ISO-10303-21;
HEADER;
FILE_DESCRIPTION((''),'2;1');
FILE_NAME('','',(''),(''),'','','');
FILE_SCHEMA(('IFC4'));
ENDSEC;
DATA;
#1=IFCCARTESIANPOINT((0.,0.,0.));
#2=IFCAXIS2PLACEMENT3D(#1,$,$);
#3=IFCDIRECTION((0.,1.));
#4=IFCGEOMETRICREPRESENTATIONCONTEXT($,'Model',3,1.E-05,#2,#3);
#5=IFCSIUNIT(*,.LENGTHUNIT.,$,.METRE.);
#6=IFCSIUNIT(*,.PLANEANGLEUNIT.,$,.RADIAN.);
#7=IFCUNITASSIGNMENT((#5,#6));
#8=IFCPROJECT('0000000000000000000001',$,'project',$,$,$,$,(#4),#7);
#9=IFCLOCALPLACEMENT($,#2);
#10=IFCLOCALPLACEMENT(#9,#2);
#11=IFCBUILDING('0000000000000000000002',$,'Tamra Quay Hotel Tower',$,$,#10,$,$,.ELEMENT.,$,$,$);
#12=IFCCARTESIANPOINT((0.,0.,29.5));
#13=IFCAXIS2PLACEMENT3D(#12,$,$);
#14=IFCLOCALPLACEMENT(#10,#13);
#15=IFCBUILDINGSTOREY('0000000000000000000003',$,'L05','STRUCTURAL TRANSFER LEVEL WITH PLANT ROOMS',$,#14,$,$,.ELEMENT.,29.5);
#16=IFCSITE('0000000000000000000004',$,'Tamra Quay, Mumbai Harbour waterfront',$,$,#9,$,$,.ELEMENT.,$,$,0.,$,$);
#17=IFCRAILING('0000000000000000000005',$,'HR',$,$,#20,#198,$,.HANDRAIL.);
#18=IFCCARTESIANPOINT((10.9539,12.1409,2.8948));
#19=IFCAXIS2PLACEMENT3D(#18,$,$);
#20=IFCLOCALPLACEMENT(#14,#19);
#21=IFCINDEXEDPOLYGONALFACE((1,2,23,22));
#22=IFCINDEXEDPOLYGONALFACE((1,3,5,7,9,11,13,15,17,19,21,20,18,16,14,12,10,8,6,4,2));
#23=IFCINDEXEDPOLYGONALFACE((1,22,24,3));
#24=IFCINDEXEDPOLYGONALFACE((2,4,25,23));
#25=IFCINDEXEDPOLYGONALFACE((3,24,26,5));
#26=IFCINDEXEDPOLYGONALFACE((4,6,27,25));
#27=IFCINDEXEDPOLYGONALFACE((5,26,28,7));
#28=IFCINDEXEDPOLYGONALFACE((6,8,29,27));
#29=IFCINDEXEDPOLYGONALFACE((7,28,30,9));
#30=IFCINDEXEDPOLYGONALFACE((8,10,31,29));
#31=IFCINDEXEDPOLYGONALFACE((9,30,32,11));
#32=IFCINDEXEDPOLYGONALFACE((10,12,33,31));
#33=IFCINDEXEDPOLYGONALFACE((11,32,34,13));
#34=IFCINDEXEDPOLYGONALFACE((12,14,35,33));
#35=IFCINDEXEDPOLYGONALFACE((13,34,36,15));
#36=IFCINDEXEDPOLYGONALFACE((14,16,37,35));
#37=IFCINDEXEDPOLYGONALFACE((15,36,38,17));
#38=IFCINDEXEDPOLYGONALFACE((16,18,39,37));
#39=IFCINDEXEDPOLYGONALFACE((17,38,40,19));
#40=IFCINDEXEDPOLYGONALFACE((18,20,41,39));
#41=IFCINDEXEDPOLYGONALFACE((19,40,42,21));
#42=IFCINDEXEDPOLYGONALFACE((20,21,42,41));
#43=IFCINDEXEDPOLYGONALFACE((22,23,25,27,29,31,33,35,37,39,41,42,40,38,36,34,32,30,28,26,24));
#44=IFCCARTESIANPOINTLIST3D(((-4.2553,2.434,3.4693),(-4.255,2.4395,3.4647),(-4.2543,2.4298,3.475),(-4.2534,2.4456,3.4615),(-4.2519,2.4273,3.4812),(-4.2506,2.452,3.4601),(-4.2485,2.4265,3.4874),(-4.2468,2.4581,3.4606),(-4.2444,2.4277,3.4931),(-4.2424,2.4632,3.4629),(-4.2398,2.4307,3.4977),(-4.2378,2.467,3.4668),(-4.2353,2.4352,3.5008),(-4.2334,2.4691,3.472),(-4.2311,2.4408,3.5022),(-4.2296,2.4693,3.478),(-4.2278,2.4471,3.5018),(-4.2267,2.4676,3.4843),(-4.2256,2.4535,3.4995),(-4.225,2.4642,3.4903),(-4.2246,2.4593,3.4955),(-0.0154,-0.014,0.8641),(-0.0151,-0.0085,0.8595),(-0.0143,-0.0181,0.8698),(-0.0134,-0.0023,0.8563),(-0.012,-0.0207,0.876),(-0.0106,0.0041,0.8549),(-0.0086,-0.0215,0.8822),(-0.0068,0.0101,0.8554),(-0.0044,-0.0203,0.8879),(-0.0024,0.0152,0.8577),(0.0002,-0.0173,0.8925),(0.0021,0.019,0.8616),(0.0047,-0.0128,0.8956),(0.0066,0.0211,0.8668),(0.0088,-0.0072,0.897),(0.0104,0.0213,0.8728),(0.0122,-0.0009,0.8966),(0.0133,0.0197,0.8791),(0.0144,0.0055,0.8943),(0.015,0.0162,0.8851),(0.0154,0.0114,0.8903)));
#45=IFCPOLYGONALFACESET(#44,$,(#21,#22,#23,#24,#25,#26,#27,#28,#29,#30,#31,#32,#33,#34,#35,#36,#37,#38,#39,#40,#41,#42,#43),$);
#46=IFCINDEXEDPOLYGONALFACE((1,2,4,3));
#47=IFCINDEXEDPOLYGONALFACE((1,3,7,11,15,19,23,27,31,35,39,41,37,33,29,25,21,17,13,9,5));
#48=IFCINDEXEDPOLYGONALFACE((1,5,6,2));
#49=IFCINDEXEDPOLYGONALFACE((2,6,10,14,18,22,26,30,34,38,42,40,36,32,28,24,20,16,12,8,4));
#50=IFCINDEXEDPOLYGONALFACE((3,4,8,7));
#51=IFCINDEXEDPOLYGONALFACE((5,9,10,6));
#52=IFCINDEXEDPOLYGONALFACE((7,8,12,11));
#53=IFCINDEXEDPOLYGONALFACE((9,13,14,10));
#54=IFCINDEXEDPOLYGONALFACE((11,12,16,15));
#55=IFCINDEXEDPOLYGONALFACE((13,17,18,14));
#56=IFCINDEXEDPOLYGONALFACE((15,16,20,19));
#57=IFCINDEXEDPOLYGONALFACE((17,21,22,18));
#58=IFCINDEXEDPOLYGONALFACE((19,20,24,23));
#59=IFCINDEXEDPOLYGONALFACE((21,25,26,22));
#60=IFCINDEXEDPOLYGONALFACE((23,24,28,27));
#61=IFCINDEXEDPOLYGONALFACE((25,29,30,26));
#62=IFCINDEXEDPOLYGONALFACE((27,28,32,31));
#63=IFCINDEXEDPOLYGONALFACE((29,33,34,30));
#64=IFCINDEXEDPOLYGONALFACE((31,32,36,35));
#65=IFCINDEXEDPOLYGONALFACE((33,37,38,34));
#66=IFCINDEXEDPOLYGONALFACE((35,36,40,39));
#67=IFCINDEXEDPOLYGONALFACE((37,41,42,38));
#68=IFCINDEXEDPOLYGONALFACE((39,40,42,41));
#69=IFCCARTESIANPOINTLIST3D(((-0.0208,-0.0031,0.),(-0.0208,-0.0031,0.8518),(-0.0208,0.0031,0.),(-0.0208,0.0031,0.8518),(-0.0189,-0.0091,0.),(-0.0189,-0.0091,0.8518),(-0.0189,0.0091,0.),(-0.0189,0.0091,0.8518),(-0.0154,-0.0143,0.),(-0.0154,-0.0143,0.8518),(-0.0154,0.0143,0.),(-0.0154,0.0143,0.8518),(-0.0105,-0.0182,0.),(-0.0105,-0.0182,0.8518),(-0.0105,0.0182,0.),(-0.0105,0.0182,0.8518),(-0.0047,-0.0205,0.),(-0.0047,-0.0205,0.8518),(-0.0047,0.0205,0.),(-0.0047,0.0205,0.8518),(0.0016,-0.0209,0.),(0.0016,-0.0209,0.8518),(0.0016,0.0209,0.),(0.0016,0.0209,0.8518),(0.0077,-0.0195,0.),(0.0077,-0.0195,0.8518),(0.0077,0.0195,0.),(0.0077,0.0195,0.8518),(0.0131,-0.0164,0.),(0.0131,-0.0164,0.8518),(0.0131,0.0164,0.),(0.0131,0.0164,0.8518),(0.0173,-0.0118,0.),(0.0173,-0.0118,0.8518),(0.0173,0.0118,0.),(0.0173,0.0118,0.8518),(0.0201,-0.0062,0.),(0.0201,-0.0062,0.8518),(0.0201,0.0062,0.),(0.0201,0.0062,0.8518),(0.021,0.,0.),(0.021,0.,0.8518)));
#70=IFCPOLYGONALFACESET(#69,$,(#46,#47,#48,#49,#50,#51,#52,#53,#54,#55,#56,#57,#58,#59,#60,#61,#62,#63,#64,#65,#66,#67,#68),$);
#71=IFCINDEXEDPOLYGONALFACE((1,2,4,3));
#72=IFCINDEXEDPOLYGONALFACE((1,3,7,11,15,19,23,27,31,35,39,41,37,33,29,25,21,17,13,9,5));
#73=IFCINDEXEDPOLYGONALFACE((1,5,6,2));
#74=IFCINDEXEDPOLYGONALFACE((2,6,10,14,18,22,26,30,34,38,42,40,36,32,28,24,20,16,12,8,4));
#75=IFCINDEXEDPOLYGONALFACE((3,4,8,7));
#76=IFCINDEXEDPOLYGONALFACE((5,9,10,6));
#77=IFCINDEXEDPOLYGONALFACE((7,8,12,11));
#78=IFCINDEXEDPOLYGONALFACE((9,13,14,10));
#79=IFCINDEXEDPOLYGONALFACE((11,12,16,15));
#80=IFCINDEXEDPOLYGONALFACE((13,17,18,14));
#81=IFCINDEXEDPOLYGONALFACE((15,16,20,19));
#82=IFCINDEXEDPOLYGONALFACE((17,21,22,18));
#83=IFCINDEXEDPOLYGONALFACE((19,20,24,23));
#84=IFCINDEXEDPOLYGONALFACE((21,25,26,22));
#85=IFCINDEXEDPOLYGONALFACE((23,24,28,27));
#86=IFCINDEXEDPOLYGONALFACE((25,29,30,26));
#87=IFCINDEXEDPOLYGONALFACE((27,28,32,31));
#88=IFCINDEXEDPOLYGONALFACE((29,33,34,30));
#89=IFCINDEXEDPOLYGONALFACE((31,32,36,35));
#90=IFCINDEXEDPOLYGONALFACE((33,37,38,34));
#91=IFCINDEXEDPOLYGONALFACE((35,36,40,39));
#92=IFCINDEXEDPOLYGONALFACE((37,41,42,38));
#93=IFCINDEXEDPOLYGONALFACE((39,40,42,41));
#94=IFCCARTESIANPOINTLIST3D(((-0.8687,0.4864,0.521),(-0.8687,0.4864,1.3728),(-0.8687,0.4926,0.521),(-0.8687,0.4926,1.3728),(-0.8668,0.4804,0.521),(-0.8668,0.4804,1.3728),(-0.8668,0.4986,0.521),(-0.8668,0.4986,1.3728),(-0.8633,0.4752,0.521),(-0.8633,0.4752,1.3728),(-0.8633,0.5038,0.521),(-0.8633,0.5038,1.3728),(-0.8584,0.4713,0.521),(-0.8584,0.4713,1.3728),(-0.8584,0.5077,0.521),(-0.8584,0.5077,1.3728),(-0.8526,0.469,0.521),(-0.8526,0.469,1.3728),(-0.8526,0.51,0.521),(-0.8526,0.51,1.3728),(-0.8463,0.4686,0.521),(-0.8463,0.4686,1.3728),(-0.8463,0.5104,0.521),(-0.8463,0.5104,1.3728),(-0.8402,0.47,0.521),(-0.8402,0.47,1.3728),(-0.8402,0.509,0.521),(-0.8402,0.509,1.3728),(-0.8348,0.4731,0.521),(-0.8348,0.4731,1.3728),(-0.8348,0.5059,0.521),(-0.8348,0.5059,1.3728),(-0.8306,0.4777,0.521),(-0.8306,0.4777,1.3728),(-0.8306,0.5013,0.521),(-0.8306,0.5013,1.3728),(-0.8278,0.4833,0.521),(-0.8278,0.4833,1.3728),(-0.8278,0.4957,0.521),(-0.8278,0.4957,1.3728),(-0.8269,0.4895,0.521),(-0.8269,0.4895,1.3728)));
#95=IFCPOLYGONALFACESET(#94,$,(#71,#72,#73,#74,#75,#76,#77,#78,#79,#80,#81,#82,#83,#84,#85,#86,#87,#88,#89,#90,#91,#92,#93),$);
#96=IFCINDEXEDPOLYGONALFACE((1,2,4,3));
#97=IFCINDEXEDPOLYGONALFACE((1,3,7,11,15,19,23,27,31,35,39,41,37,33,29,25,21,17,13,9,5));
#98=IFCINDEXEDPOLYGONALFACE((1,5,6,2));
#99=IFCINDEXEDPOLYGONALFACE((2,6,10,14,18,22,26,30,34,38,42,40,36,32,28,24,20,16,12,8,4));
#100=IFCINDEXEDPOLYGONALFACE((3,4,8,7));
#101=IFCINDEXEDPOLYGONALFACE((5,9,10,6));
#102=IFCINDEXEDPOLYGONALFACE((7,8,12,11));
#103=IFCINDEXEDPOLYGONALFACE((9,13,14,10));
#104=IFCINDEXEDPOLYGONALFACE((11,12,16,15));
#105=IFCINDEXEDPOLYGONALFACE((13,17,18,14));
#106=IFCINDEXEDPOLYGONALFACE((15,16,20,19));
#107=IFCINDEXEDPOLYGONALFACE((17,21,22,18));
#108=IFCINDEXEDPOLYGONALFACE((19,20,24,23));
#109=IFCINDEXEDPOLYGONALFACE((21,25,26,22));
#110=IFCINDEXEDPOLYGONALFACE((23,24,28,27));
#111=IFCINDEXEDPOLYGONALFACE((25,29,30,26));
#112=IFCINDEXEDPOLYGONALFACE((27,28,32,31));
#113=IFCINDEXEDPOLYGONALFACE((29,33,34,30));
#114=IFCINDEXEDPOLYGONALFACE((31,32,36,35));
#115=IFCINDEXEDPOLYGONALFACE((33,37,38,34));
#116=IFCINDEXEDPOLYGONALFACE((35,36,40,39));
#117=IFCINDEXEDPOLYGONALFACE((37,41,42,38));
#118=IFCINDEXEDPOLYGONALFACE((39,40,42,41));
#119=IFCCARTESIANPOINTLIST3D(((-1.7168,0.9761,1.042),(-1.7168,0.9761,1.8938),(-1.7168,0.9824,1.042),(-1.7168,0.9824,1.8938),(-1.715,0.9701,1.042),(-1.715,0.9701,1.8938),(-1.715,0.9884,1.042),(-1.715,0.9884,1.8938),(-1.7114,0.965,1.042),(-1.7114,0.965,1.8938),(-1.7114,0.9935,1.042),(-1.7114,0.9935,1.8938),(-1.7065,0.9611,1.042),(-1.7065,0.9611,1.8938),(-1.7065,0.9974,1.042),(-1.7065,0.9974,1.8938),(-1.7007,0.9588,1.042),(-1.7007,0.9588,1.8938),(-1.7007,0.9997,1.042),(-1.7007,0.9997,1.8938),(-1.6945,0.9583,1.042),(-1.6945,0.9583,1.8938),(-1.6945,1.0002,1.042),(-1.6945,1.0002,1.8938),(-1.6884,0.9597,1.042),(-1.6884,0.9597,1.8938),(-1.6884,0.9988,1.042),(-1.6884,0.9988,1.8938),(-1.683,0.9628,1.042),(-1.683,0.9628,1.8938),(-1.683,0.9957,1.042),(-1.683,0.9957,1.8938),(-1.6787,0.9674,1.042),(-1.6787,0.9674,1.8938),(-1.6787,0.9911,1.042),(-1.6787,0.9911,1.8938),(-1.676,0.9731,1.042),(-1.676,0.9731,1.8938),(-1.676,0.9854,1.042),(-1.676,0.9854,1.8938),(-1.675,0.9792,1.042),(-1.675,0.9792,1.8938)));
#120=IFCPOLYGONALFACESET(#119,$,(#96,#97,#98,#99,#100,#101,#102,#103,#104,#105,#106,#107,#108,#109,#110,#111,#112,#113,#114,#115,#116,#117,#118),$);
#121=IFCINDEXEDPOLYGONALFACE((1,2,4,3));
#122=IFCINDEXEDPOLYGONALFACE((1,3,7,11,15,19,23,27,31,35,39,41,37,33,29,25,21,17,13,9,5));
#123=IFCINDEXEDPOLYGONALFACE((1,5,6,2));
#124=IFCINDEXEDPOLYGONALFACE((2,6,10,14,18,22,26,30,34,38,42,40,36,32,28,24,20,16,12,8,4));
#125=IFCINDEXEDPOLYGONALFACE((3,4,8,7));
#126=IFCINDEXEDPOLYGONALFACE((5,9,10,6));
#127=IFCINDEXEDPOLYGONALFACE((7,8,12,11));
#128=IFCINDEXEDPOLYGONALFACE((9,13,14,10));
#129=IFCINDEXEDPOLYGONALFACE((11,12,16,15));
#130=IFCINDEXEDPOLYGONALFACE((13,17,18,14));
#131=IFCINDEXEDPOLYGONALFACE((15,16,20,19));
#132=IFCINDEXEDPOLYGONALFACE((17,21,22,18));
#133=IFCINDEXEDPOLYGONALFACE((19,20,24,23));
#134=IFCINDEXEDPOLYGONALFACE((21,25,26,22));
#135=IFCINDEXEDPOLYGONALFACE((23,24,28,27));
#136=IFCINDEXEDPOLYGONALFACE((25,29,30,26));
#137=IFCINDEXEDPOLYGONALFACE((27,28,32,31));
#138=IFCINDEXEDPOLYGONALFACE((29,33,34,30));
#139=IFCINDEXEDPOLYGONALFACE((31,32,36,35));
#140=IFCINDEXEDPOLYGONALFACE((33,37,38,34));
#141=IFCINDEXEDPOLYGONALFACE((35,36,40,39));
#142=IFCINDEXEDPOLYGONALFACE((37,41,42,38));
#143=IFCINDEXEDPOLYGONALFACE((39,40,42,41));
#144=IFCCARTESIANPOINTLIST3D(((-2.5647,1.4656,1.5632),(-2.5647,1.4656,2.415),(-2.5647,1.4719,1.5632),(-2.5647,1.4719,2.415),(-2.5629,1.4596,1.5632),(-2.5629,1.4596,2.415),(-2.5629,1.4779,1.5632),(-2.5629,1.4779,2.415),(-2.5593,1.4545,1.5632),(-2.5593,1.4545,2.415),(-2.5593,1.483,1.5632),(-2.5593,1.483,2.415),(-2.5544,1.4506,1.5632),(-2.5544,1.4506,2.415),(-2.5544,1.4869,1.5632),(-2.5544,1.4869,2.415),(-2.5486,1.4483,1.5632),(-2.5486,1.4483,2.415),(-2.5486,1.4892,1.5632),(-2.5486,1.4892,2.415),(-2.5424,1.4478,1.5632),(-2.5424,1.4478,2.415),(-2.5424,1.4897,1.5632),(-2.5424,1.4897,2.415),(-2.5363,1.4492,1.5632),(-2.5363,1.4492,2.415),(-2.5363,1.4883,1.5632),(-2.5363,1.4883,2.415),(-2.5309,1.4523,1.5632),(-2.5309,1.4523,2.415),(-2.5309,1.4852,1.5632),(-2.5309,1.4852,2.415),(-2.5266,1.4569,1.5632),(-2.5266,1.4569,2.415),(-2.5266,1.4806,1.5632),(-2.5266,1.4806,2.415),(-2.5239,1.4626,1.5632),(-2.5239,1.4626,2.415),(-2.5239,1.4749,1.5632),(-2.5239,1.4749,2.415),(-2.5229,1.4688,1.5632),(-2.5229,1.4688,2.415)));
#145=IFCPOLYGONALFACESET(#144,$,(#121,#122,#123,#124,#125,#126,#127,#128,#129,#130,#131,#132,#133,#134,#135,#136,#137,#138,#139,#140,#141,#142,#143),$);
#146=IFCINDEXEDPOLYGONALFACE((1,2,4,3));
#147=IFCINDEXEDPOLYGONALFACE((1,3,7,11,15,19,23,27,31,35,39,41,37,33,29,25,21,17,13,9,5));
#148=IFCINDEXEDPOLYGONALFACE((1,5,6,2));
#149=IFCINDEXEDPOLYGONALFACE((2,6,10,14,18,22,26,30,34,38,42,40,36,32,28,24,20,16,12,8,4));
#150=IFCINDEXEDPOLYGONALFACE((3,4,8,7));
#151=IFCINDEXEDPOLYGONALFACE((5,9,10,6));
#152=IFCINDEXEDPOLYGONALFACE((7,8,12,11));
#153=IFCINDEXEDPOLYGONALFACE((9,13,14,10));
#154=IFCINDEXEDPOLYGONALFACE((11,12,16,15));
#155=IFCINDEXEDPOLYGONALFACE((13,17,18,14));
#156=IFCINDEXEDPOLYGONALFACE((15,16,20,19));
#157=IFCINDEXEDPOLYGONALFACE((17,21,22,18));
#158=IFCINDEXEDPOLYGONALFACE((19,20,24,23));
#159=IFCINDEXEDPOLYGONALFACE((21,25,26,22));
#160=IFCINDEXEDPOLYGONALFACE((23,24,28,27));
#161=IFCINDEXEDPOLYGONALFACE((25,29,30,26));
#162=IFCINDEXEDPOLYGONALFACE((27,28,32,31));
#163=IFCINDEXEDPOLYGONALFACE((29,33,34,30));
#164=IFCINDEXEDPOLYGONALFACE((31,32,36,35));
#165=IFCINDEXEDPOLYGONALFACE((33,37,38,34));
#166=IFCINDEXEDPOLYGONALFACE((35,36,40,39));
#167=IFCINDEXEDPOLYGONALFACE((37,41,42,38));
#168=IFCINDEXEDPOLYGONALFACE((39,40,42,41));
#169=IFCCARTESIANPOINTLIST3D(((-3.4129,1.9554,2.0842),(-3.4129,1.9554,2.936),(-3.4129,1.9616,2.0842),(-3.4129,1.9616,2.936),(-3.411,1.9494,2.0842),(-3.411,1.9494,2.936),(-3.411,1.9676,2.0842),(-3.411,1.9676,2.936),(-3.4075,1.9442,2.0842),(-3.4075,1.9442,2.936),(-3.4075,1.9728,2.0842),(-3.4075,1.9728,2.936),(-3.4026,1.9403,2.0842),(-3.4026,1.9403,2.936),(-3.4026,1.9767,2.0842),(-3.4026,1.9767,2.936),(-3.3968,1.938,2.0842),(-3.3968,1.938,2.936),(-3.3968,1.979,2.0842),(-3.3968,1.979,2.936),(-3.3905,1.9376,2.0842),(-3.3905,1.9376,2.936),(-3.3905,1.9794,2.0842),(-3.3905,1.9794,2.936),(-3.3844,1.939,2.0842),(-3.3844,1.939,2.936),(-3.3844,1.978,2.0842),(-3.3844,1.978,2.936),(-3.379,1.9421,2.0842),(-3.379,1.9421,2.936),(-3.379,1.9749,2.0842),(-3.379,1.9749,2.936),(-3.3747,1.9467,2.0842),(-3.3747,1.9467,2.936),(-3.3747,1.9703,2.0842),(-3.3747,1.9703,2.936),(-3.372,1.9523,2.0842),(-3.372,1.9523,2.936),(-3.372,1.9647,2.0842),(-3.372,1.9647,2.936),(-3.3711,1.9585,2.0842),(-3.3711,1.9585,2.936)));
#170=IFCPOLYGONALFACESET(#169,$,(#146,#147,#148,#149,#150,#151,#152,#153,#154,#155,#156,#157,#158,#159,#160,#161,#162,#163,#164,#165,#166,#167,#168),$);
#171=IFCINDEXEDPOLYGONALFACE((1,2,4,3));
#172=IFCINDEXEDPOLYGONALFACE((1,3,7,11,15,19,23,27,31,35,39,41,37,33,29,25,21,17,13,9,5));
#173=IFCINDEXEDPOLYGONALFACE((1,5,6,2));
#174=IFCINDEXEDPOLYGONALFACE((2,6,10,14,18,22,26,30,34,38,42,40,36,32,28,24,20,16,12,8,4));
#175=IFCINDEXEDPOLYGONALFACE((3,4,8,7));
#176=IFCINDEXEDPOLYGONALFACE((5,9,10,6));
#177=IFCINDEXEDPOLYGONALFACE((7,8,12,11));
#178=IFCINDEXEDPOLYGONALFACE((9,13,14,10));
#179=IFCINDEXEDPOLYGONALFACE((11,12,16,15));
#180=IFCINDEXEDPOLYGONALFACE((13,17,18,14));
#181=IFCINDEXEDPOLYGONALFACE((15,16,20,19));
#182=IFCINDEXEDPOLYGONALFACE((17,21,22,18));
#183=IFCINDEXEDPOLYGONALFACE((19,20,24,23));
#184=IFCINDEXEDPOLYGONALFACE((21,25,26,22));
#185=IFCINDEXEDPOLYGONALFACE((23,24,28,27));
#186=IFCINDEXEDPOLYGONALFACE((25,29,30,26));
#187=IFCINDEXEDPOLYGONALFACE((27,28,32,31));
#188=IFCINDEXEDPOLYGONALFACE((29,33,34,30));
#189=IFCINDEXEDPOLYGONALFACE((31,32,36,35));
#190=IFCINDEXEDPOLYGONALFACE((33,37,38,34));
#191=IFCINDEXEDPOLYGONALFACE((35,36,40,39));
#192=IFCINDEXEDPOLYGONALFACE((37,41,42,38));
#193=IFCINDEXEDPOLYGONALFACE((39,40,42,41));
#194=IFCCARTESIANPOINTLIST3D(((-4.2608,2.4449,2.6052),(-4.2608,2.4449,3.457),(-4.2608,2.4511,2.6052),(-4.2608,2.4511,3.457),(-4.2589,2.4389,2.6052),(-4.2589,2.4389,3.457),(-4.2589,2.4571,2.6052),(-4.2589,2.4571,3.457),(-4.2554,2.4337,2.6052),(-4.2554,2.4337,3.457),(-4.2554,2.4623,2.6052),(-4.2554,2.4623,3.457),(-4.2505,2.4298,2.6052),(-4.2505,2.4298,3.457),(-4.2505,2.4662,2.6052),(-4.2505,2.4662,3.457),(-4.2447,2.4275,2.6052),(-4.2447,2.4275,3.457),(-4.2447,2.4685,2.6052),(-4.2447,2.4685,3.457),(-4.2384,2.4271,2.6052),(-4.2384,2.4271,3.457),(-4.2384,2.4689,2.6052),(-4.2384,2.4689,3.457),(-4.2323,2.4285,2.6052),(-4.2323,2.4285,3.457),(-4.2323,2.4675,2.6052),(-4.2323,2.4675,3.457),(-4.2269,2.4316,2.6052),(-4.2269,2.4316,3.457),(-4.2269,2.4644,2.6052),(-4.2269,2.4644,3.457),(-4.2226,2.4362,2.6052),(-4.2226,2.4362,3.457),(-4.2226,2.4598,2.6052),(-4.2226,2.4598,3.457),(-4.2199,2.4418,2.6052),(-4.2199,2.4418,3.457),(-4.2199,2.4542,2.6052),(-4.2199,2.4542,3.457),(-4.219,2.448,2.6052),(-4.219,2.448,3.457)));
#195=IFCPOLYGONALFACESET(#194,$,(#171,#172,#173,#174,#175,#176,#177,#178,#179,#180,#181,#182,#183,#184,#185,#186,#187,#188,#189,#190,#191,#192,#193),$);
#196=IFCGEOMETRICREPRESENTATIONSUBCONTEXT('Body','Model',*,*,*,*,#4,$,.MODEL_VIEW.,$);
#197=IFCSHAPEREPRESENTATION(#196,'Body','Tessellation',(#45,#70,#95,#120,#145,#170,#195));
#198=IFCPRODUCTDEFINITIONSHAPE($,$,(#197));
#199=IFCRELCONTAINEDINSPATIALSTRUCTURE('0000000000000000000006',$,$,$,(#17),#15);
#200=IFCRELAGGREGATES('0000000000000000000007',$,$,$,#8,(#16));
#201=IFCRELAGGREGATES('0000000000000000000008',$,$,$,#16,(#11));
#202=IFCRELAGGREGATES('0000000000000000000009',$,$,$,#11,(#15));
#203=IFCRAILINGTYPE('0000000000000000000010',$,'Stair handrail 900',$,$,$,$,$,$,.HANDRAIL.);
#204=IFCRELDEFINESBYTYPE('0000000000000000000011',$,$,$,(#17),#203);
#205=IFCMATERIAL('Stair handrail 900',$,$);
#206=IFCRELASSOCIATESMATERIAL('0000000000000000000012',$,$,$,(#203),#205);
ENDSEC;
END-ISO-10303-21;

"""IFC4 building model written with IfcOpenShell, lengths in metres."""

from ifc_helpers import new_model, si_unit, direction, frame, origin, origin_2d, place, context, subcontext, project, spatial, circle, extrude, material, type_object, element, save


model = new_model("IFC4")

# Units and contexts
model_context = context("Model", 3, precision=1e-05, world=origin(), true_north=direction((0.0, 1.0)))
body_context = subcontext(model_context, "Body", "Model", "MODEL_VIEW")
ifc_project = project(units=[si_unit("LENGTHUNIT", "METRE"), si_unit("PLANEANGLEUNIT", "RADIAN")], contexts=[model_context])

# Site, building, storey
site_placement = place(None, origin())
site = spatial("IfcSite", under=ifc_project, at=site_placement, Name="Tamra Quay, Mumbai Harbour waterfront", CompositionType="ELEMENT", RefElevation=0.0)
building_placement = place(site_placement, origin())
building = spatial("IfcBuilding", under=site, at=building_placement, Name="Tamra Quay Hotel Tower", CompositionType="ELEMENT")
storey_placement = place(building_placement, frame((0.0, 0.0, 29.5)))
storey = spatial("IfcBuildingStorey", under=building, at=storey_placement, Name="L05", Description="STRUCTURAL TRANSFER LEVEL WITH PLANT ROOMS", CompositionType="ELEMENT", Elevation=29.5)

# Railing
ifc_material_1 = material(Name="Stair handrail 900")
railing_type = type_object("IfcRailingType", Name="Stair handrail 900", PredefinedType="HANDRAIL", material=ifc_material_1)
railing_placement = place(storey_placement, frame((10.9539, 12.1409, 2.8948)))
element("IfcRailing", 1, at=railing_placement, inside=storey, type_object=railing_type, Name="HR", PredefinedType="HANDRAIL", context=body_context, shape_type="SweptSolid", body=[
    extrude(circle(Radius=0.0239, at=origin_2d()), frame((0.0, 0.0, 0.876), z_axis=(-0.764522, 0.441404, 0.469754), x_axis=(-0.500006, -0.866022, 0.0)), (0.0, 0.0, 1.0), 5.5459),
    extrude(circle(Radius=0.021, at=origin_2d()), origin(), (0.0, 0.0, 1.0), 0.8518),
    extrude(circle(Radius=0.021, at=origin_2d()), frame((-0.8479, 0.4895, 0.521)), (0.0, 0.0, 1.0), 0.8518),
    extrude(circle(Radius=0.021, at=origin_2d()), frame((-1.696, 0.9792, 1.042)), (0.0, 0.0, 1.0), 0.8518),
    extrude(circle(Radius=0.021, at=origin_2d()), frame((-2.5439, 1.4688, 1.5632)), (0.0, 0.0, 1.0), 0.8518),
    extrude(circle(Radius=0.021, at=origin_2d()), frame((-3.3921, 1.9585, 2.0842)), (0.0, 0.0, 1.0), 0.8518),
    extrude(circle(Radius=0.021, at=origin_2d()), frame((-4.24, 2.448, 2.6052)), (0.0, 0.0, 1.0), 0.8518),
])

save(model, "model.ifc")
